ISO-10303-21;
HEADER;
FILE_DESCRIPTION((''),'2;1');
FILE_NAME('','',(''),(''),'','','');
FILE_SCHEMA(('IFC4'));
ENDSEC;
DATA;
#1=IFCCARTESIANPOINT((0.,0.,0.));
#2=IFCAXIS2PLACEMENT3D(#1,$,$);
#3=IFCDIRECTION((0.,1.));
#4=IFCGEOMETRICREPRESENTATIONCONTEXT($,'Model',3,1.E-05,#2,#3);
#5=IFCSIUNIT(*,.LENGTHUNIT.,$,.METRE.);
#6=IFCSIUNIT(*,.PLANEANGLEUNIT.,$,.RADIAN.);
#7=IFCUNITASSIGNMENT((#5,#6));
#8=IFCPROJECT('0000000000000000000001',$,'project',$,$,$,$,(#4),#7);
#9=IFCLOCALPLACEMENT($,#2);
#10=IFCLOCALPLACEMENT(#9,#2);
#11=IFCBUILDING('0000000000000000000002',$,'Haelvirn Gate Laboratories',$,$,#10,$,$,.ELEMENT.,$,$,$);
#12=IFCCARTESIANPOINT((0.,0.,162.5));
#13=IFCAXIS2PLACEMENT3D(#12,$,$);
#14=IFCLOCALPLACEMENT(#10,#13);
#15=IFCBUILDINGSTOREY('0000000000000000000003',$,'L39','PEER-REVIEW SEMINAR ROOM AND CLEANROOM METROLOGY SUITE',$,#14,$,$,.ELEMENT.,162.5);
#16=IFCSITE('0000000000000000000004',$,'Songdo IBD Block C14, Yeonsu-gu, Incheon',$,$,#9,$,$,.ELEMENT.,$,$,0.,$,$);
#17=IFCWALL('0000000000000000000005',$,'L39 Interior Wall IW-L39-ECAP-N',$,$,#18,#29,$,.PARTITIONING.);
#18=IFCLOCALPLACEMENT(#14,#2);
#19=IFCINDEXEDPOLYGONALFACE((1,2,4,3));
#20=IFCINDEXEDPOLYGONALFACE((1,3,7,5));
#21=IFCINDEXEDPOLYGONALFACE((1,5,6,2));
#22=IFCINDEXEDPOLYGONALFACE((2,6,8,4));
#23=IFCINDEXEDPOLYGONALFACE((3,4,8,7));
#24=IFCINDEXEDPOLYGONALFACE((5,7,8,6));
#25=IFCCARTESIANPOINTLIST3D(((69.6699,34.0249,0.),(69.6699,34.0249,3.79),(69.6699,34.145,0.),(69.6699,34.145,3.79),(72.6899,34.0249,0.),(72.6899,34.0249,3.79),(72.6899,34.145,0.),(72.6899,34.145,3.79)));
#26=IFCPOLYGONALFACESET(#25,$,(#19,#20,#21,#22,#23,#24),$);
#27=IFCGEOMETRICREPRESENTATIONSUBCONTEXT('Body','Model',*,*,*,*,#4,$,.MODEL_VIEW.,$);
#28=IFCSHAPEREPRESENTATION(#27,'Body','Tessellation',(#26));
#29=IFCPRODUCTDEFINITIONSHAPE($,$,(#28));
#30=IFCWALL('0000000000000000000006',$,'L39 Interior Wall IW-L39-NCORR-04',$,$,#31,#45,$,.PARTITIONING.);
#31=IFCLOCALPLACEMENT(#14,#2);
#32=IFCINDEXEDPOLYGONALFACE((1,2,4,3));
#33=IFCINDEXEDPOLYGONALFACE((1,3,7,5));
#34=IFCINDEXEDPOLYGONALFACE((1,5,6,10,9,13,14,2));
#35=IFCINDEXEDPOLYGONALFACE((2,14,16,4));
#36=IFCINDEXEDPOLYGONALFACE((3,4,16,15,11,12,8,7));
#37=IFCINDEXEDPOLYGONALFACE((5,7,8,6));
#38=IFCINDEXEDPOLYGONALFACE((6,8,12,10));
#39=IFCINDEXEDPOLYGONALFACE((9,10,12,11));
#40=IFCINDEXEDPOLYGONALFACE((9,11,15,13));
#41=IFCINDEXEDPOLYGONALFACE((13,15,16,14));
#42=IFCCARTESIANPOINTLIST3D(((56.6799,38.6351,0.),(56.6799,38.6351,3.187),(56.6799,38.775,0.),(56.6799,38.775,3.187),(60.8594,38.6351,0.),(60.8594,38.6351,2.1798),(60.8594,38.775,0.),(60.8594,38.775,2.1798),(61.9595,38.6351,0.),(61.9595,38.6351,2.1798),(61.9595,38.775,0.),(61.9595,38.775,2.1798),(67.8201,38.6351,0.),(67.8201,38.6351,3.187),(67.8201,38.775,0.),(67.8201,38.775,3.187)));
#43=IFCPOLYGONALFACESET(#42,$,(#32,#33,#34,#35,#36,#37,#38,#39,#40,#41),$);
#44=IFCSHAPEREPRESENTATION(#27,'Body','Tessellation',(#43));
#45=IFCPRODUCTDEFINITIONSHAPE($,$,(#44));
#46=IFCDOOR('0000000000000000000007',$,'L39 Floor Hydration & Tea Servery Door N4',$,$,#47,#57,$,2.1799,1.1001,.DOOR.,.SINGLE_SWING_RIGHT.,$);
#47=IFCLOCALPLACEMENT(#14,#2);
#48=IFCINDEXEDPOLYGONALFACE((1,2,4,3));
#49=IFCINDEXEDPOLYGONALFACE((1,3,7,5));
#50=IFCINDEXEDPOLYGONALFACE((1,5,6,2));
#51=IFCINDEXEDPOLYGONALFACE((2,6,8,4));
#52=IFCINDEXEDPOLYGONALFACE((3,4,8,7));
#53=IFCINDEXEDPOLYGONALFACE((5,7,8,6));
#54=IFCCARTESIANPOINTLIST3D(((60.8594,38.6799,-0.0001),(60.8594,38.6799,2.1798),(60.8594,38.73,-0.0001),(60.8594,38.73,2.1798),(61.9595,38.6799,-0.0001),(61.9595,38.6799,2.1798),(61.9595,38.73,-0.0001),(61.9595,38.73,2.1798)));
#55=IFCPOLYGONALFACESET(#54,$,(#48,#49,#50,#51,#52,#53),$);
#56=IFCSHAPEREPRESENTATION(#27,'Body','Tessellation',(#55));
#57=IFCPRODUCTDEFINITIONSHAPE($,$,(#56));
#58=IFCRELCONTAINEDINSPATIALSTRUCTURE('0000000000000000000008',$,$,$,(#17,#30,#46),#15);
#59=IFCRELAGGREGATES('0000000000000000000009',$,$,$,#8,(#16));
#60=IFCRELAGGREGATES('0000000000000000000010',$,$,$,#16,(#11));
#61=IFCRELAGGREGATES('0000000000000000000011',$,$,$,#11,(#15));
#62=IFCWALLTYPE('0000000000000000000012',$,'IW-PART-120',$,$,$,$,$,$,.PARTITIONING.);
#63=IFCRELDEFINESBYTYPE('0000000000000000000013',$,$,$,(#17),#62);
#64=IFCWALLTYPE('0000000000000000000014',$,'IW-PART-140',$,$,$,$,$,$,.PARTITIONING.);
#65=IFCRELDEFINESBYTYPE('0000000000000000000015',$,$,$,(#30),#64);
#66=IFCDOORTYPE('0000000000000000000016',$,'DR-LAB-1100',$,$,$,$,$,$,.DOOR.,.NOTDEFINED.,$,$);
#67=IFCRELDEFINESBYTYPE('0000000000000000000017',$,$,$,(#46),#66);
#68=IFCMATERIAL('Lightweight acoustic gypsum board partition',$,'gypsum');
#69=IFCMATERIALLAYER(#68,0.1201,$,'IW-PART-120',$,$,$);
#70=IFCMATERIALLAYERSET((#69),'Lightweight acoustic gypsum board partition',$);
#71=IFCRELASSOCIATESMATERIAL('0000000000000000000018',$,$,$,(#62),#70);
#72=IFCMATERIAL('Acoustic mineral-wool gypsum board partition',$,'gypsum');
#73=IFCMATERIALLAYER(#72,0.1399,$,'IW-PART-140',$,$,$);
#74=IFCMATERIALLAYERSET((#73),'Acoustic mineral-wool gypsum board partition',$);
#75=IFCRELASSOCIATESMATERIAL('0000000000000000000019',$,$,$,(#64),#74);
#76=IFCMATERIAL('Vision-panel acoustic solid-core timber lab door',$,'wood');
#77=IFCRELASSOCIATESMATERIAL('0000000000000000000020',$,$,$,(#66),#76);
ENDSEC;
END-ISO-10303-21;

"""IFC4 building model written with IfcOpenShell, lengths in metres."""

from ifc_helpers import new_model, si_unit, direction, frame, frame_2d, origin, place, context, subcontext, project, spatial, rectangle, extrude, source, transform, mapped, material, layer, layer_set, type_object, type_shapes, element, fill, save


model = new_model("IFC4")

# Units and contexts
model_context = context("Model", 3, precision=1e-05, world=origin(), true_north=direction((0.0, 1.0)))
body_context = subcontext(model_context, "Body", "Model", "MODEL_VIEW")
ifc_project = project(units=[si_unit("LENGTHUNIT", "METRE"), si_unit("PLANEANGLEUNIT", "RADIAN")], contexts=[model_context])

# Site, building, storey
site_placement = place(None, origin())
site = spatial("IfcSite", under=ifc_project, at=site_placement, Name="Songdo IBD Block C14, Yeonsu-gu, Incheon", CompositionType="ELEMENT", RefElevation=0.0)
building_placement = place(site_placement, origin())
building = spatial("IfcBuilding", under=site, at=building_placement, Name="Haelvirn Gate Laboratories", CompositionType="ELEMENT")
storey_placement = place(building_placement, frame((0.0, 0.0, 162.5)))
storey = spatial("IfcBuildingStorey", under=building, at=storey_placement, Name="L39", Description="PEER-REVIEW SEMINAR ROOM AND CLEANROOM METROLOGY SUITE", CompositionType="ELEMENT", Elevation=162.5)

# Wall
ifc_material_1 = material(Name="Lightweight acoustic gypsum board partition", Category="gypsum")
ifc_layer_1 = layer(ifc_material_1, 0.1201, Name="IW-PART-120")
ifc_layer_set_1 = layer_set([ifc_layer_1], Name="Lightweight acoustic gypsum board partition")
wall_type_1 = type_object("IfcWallType", Name="IW-PART-120", PredefinedType="PARTITIONING", material=ifc_layer_set_1)
wall_1_placement = place(storey_placement, frame((69.6699, 34.085, 0.0), z_axis=(0.0, 0.0, 1.0), x_axis=(1.0, 0.0, 0.0)))
element("IfcWall", 1, at=wall_1_placement, inside=storey, type_object=wall_type_1, Name="L39 Interior Wall IW-L39-ECAP-N", PredefinedType="PARTITIONING", context=body_context, shape_type="SweptSolid", body=[
    extrude(rectangle(XDim=3.02, YDim=0.1201, at=frame_2d((1.51, 0.0))), origin(), (0.0, 0.0, 1.0), 3.79),
])

# Wall, opening, door
ifc_material_2 = material(Name="Acoustic mineral-wool gypsum board partition", Category="gypsum")
ifc_layer_2 = layer(ifc_material_2, 0.1399, Name="IW-PART-140")
ifc_layer_set_2 = layer_set([ifc_layer_2], Name="Acoustic mineral-wool gypsum board partition")
wall_type_2 = type_object("IfcWallType", Name="IW-PART-140", PredefinedType="PARTITIONING", material=ifc_layer_set_2)
wall_2_placement = place(storey_placement, frame((56.6799, 38.7051, 0.0), z_axis=(0.0, 0.0, 1.0), x_axis=(1.0, 0.0, 0.0)))
wall_2 = element("IfcWall", 2, at=wall_2_placement, inside=storey, type_object=wall_type_2, Name="L39 Interior Wall IW-L39-NCORR-04", PredefinedType="PARTITIONING", context=body_context, shape_type="SweptSolid", body=[
    extrude(rectangle(XDim=11.1401, YDim=0.1399, at=frame_2d((5.5701, 0.0))), origin(), (0.0, 0.0, 1.0), 3.187),
])
opening_placement = place(wall_2_placement, frame((4.1794, 0.0, 0.0)))
opening = element("IfcOpeningElement", 3, at=opening_placement, cuts=wall_2, PredefinedType="OPENING", context=body_context, shape_type="SweptSolid", body=[
    extrude(rectangle(XDim=1.1001, YDim=2.1799, at=frame_2d((0.55, 1.0898))), frame((0.0, 0.0801, 0.0), z_axis=(0.0, -1.0, 0.0), x_axis=(1.0, 0.0, 0.0)), (0.0, 0.0, 1.0), 0.1599),
])
ifc_material_3 = material(Name="Vision-panel acoustic solid-core timber lab door", Category="wood")
door_type = type_object("IfcDoorType", Name="DR-LAB-1100", OperationType="NOTDEFINED", PredefinedType="DOOR", material=ifc_material_3)
shared_shape_1 = source(origin(), body_context, "Body", "SweptSolid", [
    extrude(rectangle(XDim=1.1001, YDim=2.1799, at=frame_2d((0.55, 1.0898))), frame((0.0, 0.0249, 0.0), z_axis=(0.0, -1.0, 0.0), x_axis=(1.0, 0.0, 0.0)), (0.0, 0.0, 1.0), 0.05),
])
type_shapes(door_type, [shared_shape_1])
door_placement = place(opening_placement, origin())
door = element("IfcDoor", 4, at=door_placement, inside=storey, type_object=door_type, Name="L39 Floor Hydration & Tea Servery Door N4", OperationType="SINGLE_SWING_RIGHT", OverallHeight=2.1799, OverallWidth=1.1001, PredefinedType="DOOR", context=body_context, shape_type="MappedRepresentation", body=[
    mapped(shared_shape_1, transform((0.0, 0.0, 0.0), scale=1.0)),
])
fill(opening, door)

save(model, "model.ifc")
